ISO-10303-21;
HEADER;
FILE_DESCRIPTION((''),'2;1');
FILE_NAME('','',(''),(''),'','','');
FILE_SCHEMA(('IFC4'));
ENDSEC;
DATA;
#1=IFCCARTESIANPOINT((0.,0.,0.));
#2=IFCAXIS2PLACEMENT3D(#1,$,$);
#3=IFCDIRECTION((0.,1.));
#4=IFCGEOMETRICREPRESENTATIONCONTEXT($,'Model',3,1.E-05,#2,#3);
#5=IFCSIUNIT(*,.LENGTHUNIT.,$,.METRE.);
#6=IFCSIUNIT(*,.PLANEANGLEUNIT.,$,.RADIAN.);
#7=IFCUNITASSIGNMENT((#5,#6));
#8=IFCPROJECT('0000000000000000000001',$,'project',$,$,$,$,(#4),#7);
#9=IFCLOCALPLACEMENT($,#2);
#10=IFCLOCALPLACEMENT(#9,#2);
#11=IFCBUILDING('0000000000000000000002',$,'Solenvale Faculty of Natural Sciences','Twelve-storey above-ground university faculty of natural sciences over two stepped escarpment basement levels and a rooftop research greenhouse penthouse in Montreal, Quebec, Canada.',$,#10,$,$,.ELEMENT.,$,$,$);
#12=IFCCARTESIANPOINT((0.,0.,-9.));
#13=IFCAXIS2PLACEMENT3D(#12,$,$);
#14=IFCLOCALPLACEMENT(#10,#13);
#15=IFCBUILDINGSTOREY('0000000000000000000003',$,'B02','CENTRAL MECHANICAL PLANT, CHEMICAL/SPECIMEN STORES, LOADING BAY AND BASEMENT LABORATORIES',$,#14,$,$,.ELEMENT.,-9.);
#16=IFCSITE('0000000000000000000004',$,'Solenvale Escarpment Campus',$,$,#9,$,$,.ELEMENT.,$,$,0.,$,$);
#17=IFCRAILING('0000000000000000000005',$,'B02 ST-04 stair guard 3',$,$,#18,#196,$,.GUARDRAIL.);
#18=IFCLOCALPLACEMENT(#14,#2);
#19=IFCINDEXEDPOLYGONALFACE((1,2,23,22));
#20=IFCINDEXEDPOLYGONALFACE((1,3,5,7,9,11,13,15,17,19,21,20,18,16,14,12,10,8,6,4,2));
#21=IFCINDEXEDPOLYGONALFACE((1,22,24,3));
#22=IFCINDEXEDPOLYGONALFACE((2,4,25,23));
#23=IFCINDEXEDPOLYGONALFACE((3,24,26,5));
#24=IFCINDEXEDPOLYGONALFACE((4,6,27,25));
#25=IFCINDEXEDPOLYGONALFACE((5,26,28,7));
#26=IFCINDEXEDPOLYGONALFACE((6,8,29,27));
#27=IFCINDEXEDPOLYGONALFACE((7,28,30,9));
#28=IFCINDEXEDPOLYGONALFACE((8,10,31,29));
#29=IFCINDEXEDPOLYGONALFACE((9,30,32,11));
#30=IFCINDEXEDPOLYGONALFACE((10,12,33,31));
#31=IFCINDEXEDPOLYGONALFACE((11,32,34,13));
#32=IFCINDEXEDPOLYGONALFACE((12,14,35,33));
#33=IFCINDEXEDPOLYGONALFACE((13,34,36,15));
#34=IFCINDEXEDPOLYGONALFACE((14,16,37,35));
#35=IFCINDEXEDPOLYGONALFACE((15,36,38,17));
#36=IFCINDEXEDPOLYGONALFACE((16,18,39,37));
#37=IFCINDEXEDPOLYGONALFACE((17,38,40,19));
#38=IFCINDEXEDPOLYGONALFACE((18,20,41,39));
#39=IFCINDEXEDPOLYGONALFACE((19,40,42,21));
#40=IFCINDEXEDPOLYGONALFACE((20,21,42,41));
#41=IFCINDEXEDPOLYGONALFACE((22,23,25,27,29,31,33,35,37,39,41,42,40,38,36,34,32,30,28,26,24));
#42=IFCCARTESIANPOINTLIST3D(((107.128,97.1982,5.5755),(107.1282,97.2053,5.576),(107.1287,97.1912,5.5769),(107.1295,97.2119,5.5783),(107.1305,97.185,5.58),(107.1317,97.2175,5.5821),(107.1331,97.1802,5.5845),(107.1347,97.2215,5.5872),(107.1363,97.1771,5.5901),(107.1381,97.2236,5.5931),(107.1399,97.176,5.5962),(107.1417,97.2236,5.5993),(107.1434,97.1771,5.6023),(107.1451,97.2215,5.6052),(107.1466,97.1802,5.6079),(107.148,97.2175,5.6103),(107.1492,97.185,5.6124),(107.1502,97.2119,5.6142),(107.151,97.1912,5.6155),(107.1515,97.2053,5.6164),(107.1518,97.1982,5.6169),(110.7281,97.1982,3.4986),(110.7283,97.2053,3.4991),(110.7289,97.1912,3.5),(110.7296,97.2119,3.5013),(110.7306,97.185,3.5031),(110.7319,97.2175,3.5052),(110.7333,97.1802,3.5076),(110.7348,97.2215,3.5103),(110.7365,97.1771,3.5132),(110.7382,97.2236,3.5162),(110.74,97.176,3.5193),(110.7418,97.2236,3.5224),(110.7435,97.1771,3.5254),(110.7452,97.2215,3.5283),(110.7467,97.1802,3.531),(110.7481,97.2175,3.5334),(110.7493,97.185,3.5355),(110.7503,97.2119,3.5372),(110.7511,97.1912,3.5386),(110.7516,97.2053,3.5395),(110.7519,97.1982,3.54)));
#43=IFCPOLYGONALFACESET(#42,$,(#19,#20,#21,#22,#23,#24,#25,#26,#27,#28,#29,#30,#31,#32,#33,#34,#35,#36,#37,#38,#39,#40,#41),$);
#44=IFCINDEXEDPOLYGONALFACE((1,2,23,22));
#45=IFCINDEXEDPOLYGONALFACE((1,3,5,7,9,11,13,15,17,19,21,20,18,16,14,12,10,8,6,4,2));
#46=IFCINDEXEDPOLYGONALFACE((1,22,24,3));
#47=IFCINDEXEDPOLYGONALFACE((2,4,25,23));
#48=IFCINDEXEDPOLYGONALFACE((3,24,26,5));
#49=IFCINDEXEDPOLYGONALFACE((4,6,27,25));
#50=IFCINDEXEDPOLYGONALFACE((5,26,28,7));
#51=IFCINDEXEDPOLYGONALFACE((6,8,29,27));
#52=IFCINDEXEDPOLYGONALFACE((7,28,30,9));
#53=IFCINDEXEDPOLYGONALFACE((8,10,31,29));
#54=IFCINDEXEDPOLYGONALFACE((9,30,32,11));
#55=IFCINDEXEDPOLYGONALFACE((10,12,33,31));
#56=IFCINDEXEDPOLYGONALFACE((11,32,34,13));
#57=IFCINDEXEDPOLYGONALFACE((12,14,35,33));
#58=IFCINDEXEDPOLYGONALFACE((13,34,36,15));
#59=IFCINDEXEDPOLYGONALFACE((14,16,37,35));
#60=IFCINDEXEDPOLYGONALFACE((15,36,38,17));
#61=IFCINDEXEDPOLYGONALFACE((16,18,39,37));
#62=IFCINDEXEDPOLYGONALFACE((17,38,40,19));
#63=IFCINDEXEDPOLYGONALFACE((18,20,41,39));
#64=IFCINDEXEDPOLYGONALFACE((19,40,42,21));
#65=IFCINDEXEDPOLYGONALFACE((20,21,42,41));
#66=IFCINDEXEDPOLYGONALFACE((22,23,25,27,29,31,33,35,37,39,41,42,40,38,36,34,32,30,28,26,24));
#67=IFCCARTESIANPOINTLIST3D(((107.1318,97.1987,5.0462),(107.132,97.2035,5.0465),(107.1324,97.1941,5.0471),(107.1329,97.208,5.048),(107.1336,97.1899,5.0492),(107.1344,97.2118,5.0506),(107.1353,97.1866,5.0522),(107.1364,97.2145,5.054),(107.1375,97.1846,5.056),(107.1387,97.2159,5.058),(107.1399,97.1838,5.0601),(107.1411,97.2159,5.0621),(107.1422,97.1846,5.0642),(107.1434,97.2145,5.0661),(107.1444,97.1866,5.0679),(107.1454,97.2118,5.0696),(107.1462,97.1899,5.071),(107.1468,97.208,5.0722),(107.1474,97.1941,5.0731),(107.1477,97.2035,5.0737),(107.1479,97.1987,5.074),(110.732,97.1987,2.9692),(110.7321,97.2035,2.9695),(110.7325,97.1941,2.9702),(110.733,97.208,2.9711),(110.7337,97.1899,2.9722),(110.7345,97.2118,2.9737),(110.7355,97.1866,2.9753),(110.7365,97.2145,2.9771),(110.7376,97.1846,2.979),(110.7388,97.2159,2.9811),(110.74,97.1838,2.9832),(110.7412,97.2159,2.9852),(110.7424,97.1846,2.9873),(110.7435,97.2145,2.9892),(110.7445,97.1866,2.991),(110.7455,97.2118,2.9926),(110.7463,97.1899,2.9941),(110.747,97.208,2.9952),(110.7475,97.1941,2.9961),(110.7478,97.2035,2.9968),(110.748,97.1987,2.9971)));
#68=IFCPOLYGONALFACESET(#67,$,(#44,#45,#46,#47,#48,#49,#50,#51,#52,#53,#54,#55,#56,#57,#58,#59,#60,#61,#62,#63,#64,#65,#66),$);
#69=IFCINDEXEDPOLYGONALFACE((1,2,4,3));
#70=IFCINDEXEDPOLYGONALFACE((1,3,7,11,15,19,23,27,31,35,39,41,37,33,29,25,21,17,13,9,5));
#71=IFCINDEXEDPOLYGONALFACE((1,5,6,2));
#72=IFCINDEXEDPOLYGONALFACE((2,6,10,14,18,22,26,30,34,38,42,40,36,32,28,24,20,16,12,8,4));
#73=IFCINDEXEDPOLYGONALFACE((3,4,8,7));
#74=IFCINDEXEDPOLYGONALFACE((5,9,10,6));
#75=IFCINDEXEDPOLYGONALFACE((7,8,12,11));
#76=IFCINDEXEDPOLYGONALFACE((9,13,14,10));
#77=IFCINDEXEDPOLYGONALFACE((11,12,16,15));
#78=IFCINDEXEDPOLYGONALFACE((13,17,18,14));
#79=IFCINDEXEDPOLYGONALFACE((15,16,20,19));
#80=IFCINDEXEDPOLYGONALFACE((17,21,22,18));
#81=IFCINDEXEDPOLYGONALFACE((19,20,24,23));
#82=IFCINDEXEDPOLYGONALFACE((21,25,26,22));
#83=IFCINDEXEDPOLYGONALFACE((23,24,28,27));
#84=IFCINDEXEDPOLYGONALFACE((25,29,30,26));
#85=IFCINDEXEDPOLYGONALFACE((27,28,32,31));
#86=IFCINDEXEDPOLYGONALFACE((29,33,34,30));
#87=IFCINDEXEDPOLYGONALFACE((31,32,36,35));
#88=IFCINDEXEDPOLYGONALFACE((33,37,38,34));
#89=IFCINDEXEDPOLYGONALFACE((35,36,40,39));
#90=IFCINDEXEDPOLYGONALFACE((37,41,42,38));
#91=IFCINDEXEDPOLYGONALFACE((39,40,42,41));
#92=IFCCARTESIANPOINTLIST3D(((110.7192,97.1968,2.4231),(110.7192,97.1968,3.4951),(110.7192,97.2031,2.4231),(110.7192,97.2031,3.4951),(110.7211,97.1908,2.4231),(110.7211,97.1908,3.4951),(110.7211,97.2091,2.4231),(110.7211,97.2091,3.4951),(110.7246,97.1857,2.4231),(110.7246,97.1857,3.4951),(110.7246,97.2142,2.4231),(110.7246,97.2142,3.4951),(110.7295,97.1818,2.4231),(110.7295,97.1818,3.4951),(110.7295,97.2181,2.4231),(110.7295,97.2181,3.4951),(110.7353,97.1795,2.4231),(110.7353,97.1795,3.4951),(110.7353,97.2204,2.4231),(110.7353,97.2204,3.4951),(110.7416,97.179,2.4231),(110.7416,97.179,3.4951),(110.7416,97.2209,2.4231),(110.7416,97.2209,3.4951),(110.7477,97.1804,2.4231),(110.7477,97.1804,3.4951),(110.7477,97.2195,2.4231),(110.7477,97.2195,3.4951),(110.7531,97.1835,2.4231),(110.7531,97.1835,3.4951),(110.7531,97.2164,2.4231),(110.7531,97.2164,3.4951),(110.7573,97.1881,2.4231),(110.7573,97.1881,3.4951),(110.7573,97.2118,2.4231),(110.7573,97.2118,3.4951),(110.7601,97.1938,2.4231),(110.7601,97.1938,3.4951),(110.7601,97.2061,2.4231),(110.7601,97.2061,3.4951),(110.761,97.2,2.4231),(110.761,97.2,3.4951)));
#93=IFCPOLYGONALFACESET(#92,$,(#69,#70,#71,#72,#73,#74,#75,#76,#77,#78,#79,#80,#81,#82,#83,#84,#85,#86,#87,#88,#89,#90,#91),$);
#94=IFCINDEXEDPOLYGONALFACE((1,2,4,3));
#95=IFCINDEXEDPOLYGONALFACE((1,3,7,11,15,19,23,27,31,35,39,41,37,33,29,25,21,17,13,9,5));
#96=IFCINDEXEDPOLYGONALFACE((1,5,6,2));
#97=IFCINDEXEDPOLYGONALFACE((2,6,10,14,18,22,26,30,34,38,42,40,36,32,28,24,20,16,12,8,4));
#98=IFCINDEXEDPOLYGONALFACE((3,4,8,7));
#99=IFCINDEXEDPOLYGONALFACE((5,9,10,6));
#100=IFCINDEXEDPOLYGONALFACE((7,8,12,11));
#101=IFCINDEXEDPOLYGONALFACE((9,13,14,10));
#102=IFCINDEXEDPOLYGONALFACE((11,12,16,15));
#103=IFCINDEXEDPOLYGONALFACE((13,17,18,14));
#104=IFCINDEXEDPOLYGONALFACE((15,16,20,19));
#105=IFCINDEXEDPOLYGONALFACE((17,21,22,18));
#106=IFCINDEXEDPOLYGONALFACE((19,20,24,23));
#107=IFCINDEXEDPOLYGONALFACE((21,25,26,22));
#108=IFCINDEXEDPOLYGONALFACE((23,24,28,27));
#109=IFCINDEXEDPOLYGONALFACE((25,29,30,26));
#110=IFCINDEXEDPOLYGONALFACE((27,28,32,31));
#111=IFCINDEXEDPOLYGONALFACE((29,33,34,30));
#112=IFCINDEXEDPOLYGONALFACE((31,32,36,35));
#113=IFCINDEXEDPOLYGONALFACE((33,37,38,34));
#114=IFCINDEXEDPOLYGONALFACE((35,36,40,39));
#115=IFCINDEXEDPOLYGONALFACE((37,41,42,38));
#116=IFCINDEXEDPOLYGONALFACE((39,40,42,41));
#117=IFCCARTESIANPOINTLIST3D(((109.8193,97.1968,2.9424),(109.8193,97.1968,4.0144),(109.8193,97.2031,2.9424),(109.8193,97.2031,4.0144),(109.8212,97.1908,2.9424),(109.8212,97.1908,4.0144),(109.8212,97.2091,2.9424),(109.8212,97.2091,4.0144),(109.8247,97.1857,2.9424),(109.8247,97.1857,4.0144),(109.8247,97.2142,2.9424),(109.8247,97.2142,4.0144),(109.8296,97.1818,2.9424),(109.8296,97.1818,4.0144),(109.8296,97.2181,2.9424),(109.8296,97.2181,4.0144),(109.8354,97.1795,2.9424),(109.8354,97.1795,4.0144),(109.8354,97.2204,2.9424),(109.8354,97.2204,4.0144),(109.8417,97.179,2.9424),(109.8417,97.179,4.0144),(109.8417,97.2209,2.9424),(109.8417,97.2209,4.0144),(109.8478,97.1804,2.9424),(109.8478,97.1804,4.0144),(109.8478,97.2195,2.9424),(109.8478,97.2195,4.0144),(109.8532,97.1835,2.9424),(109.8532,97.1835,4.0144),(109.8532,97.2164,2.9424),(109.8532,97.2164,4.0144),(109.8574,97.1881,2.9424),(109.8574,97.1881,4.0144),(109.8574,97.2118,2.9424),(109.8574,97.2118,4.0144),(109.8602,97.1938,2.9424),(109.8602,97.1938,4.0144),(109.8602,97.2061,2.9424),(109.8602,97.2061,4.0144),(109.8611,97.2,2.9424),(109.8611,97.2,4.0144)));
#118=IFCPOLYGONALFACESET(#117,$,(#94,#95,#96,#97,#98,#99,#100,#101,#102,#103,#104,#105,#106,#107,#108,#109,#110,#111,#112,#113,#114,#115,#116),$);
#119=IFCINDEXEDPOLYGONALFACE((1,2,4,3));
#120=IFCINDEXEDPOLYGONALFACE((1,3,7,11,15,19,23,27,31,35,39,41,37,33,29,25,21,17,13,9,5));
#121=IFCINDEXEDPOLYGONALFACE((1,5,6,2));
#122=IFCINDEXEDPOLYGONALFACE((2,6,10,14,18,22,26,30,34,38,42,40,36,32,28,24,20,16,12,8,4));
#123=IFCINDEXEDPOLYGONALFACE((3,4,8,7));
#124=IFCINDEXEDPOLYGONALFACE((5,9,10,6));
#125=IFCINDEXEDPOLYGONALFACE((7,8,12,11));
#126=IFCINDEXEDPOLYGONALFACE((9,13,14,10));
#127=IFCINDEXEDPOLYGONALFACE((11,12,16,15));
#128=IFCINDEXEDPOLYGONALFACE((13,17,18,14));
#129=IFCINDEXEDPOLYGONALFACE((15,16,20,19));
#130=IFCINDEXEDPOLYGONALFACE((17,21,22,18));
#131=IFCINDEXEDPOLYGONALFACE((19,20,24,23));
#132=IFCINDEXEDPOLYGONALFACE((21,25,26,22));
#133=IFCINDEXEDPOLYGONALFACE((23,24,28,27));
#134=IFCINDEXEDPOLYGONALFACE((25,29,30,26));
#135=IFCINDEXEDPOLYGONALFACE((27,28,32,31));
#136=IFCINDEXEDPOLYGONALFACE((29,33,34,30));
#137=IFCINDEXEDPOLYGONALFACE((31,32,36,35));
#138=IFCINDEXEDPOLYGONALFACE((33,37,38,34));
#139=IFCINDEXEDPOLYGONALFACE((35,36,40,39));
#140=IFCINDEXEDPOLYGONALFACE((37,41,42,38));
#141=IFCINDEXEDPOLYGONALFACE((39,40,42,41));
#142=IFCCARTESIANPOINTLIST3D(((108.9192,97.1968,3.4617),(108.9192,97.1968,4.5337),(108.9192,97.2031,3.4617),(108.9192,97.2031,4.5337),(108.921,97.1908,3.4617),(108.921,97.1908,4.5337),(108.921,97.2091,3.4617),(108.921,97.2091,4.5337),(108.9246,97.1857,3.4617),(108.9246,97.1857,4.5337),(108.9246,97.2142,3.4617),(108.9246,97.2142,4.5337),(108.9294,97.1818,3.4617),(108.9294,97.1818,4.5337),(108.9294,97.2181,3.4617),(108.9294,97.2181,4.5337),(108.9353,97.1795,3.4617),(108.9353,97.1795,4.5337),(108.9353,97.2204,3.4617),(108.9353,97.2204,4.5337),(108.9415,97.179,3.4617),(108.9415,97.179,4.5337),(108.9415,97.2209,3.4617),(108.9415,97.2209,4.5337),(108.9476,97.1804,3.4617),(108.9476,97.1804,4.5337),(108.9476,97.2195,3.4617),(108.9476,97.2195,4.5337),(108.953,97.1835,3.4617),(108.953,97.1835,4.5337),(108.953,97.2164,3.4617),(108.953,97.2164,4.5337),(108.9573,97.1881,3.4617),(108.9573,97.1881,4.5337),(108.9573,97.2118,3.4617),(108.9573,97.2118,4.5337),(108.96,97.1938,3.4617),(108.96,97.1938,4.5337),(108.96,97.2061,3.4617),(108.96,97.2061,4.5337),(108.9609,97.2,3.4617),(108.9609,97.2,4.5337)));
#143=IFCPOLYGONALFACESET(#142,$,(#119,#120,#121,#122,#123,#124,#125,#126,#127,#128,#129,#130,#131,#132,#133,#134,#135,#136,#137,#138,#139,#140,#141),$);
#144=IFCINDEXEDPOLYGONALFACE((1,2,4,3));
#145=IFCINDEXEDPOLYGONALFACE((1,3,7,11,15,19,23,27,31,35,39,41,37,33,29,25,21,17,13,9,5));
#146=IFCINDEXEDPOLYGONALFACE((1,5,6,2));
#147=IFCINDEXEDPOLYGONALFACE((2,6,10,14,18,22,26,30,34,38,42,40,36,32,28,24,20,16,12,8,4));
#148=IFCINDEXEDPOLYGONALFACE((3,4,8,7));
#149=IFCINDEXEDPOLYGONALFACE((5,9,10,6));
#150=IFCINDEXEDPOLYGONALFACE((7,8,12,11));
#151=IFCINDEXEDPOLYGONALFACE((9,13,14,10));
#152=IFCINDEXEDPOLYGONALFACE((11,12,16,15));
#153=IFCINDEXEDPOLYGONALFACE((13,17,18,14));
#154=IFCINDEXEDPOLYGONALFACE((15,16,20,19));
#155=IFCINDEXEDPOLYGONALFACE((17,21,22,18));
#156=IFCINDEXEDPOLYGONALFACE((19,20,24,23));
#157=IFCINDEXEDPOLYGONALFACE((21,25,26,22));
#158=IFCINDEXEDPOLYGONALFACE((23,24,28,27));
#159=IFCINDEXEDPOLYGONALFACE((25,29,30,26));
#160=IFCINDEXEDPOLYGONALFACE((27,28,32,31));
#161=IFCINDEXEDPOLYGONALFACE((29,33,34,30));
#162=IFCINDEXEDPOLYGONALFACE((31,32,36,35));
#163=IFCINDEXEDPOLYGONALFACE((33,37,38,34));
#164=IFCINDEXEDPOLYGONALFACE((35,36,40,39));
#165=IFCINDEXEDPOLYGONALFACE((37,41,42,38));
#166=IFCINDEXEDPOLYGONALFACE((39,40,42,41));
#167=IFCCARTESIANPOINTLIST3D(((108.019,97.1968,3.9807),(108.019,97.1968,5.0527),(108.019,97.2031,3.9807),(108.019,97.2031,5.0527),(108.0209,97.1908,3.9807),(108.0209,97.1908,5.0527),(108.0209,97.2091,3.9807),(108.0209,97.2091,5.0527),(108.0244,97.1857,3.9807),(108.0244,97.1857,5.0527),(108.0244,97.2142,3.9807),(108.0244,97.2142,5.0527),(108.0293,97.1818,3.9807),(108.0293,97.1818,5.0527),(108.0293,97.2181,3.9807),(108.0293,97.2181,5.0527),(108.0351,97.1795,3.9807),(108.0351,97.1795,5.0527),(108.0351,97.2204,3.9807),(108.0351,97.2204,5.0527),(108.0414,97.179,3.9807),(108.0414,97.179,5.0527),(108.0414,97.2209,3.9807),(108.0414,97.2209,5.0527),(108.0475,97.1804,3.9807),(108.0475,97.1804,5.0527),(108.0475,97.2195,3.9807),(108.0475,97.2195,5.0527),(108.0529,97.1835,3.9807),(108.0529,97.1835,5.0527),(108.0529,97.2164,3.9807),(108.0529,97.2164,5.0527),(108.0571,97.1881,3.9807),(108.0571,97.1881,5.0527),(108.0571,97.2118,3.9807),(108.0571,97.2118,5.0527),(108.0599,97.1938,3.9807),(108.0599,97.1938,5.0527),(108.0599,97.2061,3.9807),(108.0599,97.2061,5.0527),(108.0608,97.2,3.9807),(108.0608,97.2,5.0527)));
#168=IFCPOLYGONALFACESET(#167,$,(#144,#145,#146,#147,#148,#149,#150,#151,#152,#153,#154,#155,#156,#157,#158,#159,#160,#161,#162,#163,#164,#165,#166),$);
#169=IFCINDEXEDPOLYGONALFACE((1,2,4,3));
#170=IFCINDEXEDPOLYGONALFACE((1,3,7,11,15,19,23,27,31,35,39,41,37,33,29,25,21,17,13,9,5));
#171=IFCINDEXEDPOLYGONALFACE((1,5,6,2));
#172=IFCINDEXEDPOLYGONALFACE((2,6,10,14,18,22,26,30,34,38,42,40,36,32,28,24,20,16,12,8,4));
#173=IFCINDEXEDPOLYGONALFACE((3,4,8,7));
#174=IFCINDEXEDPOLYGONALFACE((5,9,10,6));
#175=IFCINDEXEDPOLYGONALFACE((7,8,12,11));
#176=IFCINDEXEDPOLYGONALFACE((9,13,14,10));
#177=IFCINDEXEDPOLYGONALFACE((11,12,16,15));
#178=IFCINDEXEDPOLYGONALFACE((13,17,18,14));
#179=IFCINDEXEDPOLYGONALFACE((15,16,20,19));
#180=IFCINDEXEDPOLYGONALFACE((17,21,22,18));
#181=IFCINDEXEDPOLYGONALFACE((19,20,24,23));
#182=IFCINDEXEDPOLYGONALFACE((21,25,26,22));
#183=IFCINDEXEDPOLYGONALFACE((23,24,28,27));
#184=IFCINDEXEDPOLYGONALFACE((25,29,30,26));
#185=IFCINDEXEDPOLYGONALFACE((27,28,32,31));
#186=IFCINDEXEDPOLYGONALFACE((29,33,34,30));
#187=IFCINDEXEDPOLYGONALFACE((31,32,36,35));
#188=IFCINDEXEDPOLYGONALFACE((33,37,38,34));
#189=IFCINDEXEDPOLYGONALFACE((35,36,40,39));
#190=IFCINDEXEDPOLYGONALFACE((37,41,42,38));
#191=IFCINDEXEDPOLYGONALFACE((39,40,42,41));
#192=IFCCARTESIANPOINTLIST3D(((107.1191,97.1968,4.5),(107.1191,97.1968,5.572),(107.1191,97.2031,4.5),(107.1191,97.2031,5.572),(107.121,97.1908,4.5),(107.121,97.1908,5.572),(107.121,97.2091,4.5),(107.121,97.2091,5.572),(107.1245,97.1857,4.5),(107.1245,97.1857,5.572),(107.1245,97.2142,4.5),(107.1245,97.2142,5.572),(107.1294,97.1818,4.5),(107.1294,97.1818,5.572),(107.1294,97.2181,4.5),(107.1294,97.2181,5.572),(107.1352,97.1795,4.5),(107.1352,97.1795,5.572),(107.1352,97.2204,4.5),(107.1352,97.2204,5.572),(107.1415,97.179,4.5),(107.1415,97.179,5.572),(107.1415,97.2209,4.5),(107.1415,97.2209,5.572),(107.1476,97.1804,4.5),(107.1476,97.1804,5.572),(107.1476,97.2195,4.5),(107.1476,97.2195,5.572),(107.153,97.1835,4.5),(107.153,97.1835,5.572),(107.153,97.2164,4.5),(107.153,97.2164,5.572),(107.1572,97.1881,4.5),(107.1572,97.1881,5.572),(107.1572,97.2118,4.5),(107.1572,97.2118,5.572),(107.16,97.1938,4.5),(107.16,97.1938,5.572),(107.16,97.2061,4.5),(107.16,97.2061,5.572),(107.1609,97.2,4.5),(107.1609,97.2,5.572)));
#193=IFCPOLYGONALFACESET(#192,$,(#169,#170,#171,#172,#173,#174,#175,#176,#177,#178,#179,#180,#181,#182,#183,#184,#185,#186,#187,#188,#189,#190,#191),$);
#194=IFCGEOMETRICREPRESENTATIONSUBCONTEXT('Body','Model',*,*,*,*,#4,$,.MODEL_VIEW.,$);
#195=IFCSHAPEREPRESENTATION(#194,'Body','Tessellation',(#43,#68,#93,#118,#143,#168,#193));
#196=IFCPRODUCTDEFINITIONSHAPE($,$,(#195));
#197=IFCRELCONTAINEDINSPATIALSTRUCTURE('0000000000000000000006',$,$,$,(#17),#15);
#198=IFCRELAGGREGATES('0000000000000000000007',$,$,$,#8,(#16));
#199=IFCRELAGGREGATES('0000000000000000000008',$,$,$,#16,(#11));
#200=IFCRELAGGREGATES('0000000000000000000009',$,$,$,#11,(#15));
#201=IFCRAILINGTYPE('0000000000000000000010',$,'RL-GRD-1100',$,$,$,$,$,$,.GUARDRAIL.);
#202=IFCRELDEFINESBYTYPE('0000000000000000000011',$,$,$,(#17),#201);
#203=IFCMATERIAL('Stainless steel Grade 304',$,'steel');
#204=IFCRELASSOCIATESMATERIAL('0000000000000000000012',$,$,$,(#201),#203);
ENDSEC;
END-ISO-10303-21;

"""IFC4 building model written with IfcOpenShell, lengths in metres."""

from ifc_helpers import new_model, si_unit, direction, frame, origin, origin_2d, place, context, subcontext, project, spatial, circle, extrude, material, type_object, element, save


model = new_model("IFC4")

# Units and contexts
model_context = context("Model", 3, precision=1e-05, world=origin(), true_north=direction((0.0, 1.0)))
body_context = subcontext(model_context, "Body", "Model", "MODEL_VIEW")
ifc_project = project(units=[si_unit("LENGTHUNIT", "METRE"), si_unit("PLANEANGLEUNIT", "RADIAN")], contexts=[model_context])

# Site, building, storey
site_placement = place(None, origin())
site = spatial("IfcSite", under=ifc_project, at=site_placement, Name="Solenvale Escarpment Campus", CompositionType="ELEMENT", RefElevation=0.0)
building_placement = place(site_placement, origin())
building = spatial("IfcBuilding", under=site, at=building_placement, Name="Solenvale Faculty of Natural Sciences", Description="Twelve-storey above-ground university faculty of natural sciences over two stepped escarpment basement levels and a rooftop research greenhouse penthouse in Montreal, Quebec, Canada.", CompositionType="ELEMENT")
storey_placement = place(building_placement, frame((0.0, 0.0, -9.0)))
storey = spatial("IfcBuildingStorey", under=building, at=storey_placement, Name="B02", Description="CENTRAL MECHANICAL PLANT, CHEMICAL/SPECIMEN STORES, LOADING BAY AND BASEMENT LABORATORIES", CompositionType="ELEMENT", Elevation=-9.0)

# Railing
ifc_material_1 = material(Name="Stainless steel Grade 304", Category="steel")
railing_type_1 = type_object("IfcRailingType", Name="RL-GRD-1100", PredefinedType="GUARDRAIL", material=ifc_material_1)
railing_1_placement = place(storey_placement, frame((110.74, 97.2, 2.4231)))
element("IfcRailing", 1, at=railing_1_placement, inside=storey, type_object=railing_type_1, Name="B02 ST-04 stair guard 3", PredefinedType="GUARDRAIL", context=body_context, shape_type="SweptSolid", body=[
    extrude(circle(Radius=0.0239, at=origin_2d()), frame((0.0, 0.0, 1.0962), z_axis=(-0.866193, 0.0, 0.499709), x_axis=(0.0, -1.0, 0.0)), (0.0, 0.0, 1.0), 4.1562),
    extrude(circle(Radius=0.0161, at=origin_2d()), frame((0.0, 0.0, 0.5601), z_axis=(-0.866193, 0.0, 0.499709), x_axis=(0.0, -1.0, 0.0)), (0.0, 0.0, 1.0), 4.1562),
    extrude(circle(Radius=0.021, at=origin_2d()), origin(), (0.0, 0.0, 1.0), 1.072),
    extrude(circle(Radius=0.021, at=origin_2d()), frame((-0.8999, 0.0, 0.5193)), (0.0, 0.0, 1.0), 1.072),
    extrude(circle(Radius=0.021, at=origin_2d()), frame((-1.8, 0.0, 1.0386)), (0.0, 0.0, 1.0), 1.072),
    extrude(circle(Radius=0.021, at=origin_2d()), frame((-2.7002, 0.0, 1.5576)), (0.0, 0.0, 1.0), 1.072),
    extrude(circle(Radius=0.021, at=origin_2d()), frame((-3.6001, 0.0, 2.0769)), (0.0, 0.0, 1.0), 1.072),
])

save(model, "model.ifc")
